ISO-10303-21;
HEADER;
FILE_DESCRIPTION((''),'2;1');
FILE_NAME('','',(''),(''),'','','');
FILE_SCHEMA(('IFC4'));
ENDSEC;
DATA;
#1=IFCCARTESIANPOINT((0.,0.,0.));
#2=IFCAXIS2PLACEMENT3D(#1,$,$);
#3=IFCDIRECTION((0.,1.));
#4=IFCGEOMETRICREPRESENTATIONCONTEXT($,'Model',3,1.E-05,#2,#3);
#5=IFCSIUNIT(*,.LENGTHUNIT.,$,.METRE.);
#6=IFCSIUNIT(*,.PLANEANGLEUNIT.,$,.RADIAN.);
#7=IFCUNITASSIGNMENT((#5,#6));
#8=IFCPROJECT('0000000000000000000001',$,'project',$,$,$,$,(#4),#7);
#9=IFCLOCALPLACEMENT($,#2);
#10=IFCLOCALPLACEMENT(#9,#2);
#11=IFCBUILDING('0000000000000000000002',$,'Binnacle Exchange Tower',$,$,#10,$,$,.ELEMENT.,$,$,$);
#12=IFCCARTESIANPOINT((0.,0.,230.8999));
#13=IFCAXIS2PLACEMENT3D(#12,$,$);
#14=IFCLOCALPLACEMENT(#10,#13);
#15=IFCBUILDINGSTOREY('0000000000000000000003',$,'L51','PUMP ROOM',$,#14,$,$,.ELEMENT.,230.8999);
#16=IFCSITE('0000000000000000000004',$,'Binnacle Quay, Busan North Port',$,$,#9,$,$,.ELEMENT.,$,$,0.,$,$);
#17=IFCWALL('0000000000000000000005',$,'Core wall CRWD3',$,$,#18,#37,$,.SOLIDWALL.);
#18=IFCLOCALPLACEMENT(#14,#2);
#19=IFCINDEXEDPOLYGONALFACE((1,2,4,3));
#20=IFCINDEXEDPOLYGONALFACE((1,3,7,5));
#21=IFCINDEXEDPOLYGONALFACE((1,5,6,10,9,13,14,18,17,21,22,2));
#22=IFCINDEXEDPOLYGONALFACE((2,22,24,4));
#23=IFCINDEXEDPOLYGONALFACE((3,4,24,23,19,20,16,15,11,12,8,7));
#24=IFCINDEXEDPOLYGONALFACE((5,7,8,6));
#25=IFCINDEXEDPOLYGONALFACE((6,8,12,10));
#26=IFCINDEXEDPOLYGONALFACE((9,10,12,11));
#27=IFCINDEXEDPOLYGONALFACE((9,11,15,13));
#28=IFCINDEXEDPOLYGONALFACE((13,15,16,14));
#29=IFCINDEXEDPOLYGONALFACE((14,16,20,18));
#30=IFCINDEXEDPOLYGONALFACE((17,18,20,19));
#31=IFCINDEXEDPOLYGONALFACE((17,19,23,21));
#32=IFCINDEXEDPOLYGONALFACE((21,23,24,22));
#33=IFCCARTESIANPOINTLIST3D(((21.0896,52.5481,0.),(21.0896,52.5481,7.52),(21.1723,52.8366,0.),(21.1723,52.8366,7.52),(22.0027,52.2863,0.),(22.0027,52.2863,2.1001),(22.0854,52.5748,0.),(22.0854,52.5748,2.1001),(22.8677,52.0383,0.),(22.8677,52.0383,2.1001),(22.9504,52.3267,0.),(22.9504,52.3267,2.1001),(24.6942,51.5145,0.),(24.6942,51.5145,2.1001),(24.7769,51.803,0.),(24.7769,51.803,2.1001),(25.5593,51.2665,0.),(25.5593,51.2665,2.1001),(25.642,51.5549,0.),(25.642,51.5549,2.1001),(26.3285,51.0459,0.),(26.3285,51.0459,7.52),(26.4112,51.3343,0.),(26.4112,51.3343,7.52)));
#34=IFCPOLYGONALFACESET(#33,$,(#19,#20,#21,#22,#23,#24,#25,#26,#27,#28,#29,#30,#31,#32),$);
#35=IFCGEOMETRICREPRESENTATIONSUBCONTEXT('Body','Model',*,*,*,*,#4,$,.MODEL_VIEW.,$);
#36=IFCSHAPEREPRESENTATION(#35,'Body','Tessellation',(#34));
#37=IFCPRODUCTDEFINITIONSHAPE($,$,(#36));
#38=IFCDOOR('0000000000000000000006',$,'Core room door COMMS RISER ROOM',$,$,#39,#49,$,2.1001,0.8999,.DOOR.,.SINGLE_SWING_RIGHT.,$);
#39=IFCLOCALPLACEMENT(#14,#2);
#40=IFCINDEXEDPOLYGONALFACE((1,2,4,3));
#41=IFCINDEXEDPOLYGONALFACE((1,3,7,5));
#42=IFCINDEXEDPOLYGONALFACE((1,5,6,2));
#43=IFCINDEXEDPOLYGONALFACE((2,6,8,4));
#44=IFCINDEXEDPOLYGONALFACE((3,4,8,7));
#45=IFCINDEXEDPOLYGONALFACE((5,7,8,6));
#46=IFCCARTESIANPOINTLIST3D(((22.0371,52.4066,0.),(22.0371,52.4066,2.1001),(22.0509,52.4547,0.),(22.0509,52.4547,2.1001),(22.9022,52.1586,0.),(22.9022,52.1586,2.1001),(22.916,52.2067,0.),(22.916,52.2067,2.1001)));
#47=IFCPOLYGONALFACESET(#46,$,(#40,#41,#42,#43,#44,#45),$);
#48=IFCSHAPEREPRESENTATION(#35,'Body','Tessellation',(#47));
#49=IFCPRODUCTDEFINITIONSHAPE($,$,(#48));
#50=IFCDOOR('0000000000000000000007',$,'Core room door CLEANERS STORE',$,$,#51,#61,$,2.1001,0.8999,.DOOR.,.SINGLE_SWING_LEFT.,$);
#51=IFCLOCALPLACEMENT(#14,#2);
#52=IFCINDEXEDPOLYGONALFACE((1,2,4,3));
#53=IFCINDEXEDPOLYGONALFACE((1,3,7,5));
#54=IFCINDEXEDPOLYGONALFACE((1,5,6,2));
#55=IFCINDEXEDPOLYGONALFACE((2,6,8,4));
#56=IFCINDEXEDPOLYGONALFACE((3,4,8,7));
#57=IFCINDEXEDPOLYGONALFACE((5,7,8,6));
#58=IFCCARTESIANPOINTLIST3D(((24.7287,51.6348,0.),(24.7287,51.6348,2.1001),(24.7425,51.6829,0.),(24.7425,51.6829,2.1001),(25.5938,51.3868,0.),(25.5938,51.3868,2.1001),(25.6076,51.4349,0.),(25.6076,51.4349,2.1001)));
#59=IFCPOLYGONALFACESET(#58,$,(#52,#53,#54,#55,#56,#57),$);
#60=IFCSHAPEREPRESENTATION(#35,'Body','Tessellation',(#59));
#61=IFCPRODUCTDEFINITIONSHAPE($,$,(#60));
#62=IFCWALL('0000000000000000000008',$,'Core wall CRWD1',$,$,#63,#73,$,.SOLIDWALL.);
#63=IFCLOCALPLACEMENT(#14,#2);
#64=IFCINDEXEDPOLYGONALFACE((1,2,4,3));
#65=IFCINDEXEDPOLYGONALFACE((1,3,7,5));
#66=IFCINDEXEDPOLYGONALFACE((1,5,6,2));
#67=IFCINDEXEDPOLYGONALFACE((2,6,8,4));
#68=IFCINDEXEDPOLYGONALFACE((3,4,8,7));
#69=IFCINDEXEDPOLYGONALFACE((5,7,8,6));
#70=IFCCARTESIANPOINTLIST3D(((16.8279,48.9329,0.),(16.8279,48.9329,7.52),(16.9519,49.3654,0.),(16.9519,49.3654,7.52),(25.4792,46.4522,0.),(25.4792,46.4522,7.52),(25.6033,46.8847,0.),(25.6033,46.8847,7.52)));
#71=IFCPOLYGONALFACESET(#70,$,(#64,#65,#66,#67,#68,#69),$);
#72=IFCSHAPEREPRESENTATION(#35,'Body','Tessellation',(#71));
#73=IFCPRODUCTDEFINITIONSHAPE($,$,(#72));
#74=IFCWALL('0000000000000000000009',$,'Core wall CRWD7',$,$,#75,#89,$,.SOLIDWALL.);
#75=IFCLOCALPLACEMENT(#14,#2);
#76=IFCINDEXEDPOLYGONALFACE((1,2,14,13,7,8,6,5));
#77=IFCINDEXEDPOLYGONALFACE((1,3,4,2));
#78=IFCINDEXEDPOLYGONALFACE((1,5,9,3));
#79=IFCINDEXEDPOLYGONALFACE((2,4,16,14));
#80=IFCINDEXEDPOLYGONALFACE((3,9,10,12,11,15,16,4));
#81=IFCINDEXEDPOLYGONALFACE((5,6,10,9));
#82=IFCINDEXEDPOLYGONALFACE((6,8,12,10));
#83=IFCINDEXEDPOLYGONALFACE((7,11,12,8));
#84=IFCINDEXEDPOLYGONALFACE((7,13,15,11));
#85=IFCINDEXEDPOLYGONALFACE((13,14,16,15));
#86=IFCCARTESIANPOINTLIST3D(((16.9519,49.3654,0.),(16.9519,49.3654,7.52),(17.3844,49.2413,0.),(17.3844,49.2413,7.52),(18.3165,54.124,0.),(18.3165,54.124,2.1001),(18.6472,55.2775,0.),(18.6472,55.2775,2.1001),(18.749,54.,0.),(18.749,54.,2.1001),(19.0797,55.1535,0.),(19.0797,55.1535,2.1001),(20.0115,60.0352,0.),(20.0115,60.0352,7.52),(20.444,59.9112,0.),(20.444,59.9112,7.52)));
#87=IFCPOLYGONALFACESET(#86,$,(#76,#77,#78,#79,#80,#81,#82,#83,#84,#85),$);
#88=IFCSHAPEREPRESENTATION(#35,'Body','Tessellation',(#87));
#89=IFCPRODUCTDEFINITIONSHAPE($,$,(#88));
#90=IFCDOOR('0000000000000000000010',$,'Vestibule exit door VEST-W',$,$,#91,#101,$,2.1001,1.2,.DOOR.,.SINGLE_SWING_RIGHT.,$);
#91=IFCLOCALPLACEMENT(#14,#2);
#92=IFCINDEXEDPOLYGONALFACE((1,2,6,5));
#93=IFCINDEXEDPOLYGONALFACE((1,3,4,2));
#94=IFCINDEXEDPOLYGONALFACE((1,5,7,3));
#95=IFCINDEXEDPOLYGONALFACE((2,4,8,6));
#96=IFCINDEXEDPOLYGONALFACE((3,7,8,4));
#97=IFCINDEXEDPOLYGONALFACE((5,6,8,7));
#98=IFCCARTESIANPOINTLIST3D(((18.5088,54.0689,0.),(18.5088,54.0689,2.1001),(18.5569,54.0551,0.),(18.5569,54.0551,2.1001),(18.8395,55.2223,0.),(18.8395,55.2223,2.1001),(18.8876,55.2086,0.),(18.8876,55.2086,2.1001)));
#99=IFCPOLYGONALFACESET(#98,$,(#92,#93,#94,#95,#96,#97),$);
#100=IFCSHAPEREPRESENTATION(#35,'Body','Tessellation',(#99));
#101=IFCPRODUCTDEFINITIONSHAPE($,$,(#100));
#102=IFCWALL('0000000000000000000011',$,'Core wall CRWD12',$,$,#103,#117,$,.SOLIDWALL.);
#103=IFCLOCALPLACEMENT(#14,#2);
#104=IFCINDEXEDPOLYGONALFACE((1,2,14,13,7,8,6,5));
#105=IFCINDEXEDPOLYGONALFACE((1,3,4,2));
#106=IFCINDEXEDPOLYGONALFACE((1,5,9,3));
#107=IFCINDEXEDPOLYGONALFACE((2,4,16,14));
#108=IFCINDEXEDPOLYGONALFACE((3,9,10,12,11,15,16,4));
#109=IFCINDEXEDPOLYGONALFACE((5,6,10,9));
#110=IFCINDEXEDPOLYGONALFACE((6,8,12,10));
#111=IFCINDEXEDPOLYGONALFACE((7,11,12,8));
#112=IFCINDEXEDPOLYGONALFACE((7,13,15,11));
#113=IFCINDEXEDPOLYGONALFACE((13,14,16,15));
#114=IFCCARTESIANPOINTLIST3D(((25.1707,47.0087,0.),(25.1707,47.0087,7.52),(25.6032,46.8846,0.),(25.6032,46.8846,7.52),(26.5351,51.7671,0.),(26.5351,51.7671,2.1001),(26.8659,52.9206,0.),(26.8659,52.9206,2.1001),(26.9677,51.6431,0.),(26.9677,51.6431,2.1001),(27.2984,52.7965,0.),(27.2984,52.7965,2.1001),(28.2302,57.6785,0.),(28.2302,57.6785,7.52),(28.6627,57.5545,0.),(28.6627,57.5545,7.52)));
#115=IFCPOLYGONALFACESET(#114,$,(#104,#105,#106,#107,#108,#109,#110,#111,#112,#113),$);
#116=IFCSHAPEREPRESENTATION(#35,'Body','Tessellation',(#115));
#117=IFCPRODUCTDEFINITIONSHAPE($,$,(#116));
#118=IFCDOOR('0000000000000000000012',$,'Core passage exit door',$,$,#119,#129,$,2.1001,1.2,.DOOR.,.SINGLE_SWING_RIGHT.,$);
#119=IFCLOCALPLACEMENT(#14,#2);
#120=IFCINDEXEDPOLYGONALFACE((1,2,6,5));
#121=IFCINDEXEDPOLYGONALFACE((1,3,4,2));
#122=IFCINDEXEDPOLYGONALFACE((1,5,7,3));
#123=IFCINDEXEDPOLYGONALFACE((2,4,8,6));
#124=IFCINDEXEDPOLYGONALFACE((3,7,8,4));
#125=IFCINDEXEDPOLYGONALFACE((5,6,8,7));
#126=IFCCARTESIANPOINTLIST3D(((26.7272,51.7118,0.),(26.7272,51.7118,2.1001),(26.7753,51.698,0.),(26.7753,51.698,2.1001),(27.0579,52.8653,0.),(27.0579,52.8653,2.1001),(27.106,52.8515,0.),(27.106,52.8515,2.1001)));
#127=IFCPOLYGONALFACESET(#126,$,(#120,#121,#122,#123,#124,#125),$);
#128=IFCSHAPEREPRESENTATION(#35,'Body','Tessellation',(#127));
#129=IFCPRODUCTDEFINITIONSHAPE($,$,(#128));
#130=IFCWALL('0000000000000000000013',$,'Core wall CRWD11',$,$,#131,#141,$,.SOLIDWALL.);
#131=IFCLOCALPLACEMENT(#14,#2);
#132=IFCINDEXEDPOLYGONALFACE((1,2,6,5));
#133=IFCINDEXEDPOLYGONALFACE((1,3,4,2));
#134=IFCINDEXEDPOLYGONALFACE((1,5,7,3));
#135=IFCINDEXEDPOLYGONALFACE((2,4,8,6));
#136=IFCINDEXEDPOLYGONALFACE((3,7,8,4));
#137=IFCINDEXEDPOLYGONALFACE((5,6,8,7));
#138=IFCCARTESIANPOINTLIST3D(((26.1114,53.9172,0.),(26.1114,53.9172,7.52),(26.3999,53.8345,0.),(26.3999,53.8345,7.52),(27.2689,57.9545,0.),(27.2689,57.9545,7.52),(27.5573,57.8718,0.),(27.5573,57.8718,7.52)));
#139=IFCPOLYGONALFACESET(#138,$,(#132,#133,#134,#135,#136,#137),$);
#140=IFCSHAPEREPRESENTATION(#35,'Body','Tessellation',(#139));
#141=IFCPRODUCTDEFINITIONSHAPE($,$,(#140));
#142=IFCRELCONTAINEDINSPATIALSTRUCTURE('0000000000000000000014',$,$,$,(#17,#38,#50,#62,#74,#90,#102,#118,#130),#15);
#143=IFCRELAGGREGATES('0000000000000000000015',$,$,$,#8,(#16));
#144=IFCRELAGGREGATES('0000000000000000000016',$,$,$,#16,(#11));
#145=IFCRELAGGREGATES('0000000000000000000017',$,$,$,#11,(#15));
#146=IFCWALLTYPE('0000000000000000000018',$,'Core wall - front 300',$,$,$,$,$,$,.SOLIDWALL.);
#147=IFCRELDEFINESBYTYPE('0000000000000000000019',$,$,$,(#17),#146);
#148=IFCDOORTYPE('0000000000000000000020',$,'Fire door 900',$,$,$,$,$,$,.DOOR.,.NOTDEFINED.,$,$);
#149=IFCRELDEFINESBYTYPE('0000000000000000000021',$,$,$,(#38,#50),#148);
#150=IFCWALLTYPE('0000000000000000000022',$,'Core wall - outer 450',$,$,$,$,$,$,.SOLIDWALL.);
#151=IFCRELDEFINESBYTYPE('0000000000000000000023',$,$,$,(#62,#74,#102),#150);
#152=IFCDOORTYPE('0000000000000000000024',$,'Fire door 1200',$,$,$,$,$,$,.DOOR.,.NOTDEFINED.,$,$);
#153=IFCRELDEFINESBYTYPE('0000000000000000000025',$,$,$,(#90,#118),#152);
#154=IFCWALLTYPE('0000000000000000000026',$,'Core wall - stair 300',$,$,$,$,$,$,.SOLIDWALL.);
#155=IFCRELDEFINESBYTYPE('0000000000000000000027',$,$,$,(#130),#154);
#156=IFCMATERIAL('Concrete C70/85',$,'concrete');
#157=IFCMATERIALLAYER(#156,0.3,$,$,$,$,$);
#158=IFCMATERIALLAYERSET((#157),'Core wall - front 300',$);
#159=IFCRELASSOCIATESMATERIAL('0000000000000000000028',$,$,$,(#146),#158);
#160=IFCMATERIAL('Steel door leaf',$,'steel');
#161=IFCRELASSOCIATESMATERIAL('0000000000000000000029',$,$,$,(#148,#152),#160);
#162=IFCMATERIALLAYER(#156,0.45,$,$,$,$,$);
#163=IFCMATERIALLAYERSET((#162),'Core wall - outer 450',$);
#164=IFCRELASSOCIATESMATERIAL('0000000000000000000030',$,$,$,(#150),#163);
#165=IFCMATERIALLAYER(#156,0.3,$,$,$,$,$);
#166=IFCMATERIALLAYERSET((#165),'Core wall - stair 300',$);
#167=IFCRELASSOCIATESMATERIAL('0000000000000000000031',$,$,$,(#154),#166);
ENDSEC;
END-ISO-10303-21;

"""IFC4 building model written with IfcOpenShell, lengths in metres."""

from ifc_helpers import new_model, si_unit, direction, frame, frame_2d, origin, place, context, subcontext, project, spatial, rectangle, extrude, material, layer, layer_set, type_object, element, fill, save


model = new_model("IFC4")

# Units and contexts
model_context = context("Model", 3, precision=1e-05, world=origin(), true_north=direction((0.0, 1.0)))
body_context = subcontext(model_context, "Body", "Model", "MODEL_VIEW")
ifc_project = project(units=[si_unit("LENGTHUNIT", "METRE"), si_unit("PLANEANGLEUNIT", "RADIAN")], contexts=[model_context])

# Site, building, storey
site_placement = place(None, origin())
site = spatial("IfcSite", under=ifc_project, at=site_placement, Name="Binnacle Quay, Busan North Port", CompositionType="ELEMENT", RefElevation=0.0)
building_placement = place(site_placement, origin())
building = spatial("IfcBuilding", under=site, at=building_placement, Name="Binnacle Exchange Tower", CompositionType="ELEMENT")
storey_placement = place(building_placement, frame((0.0, 0.0, 230.8999)))
storey = spatial("IfcBuildingStorey", under=building, at=storey_placement, Name="L51", Description="PUMP ROOM", CompositionType="ELEMENT", Elevation=230.8999)

# Wall, openings, doors
ifc_material_1 = material(Name="Concrete C70/85", Category="concrete")
ifc_layer_1 = layer(ifc_material_1, 0.3)
ifc_layer_set_1 = layer_set([ifc_layer_1], Name="Core wall - front 300")
wall_type_1 = type_object("IfcWallType", Name="Core wall - front 300", PredefinedType="SOLIDWALL", material=ifc_layer_set_1)
wall_1_placement = place(storey_placement, frame((21.1309, 52.6924, 0.0), z_axis=(0.0, 0.0, 1.0), x_axis=(0.961261, -0.275638, 0.0)))
wall_1 = element("IfcWall", 1, at=wall_1_placement, inside=storey, type_object=wall_type_1, Name="Core wall CRWD3", PredefinedType="SOLIDWALL", context=body_context, shape_type="SweptSolid", body=[
    extrude(rectangle(XDim=5.45, YDim=0.3, at=frame_2d((2.7251, 0.0))), origin(), (0.0, 0.0, 1.0), 7.52),
])
opening_1_placement = place(wall_1_placement, frame((0.95, 0.0, 0.0)))
opening_1 = element("IfcOpeningElement", 2, at=opening_1_placement, cuts=wall_1, PredefinedType="OPENING", context=body_context, shape_type="SweptSolid", body=[
    extrude(rectangle(XDim=0.8999, YDim=2.1001, at=frame_2d((0.45, 1.05))), frame((0.0, 0.1599, 0.0), z_axis=(0.0, -1.0, 0.0), x_axis=(1.0, 0.0, 0.0)), (0.0, 0.0, 1.0), 0.3201),
])
opening_2_placement = place(wall_1_placement, frame((3.75, 0.0, 0.0)))
opening_2 = element("IfcOpeningElement", 3, at=opening_2_placement, cuts=wall_1, PredefinedType="OPENING", context=body_context, shape_type="SweptSolid", body=[
    extrude(rectangle(XDim=0.8999, YDim=2.1001, at=frame_2d((0.45, 1.05))), frame((0.0, 0.1599, 0.0), z_axis=(0.0, -1.0, 0.0), x_axis=(1.0, 0.0, 0.0)), (0.0, 0.0, 1.0), 0.3201),
])
ifc_material_2 = material(Name="Steel door leaf", Category="steel")
door_type_1 = type_object("IfcDoorType", Name="Fire door 900", OperationType="NOTDEFINED", PredefinedType="DOOR", material=ifc_material_2)
door_1_placement = place(opening_1_placement, frame((0.8999, 0.0, 0.0), z_axis=(0.0, 0.0, 1.0), x_axis=(-1.0, 0.0, 0.0)))
door_1 = element("IfcDoor", 4, at=door_1_placement, inside=storey, type_object=door_type_1, Name="Core room door COMMS RISER ROOM", OperationType="SINGLE_SWING_RIGHT", OverallHeight=2.1001, OverallWidth=0.8999, PredefinedType="DOOR", context=body_context, shape_type="SweptSolid", body=[
    extrude(rectangle(XDim=0.8999, YDim=2.1001, at=frame_2d((0.45, 1.05))), frame((0.0, 0.0249, 0.0), z_axis=(0.0, -1.0, 0.0), x_axis=(1.0, 0.0, 0.0)), (0.0, 0.0, 1.0), 0.05),
])
fill(opening_1, door_1)
door_2_placement = place(opening_2_placement, frame((0.8999, 0.0, 0.0), z_axis=(0.0, 0.0, 1.0), x_axis=(-1.0, 0.0, 0.0)))
door_2 = element("IfcDoor", 5, at=door_2_placement, inside=storey, type_object=door_type_1, Name="Core room door CLEANERS STORE", OperationType="SINGLE_SWING_LEFT", OverallHeight=2.1001, OverallWidth=0.8999, PredefinedType="DOOR", context=body_context, shape_type="SweptSolid", body=[
    extrude(rectangle(XDim=0.8999, YDim=2.1001, at=frame_2d((0.45, 1.05))), frame((0.0, 0.0249, 0.0), z_axis=(0.0, -1.0, 0.0), x_axis=(1.0, 0.0, 0.0)), (0.0, 0.0, 1.0), 0.05),
])
fill(opening_2, door_2)

# Wall
ifc_layer_2 = layer(ifc_material_1, 0.45)
ifc_layer_set_2 = layer_set([ifc_layer_2], Name="Core wall - outer 450")
wall_type_2 = type_object("IfcWallType", Name="Core wall - outer 450", PredefinedType="SOLIDWALL", material=ifc_layer_set_2)
wall_2_placement = place(storey_placement, frame((16.8899, 49.1492, 0.0), z_axis=(0.0, 0.0, 1.0), x_axis=(0.961262, -0.275635, 0.0)))
element("IfcWall", 6, at=wall_2_placement, inside=storey, type_object=wall_type_2, Name="Core wall CRWD1", PredefinedType="SOLIDWALL", context=body_context, shape_type="SweptSolid", body=[
    extrude(rectangle(XDim=9.0, YDim=0.45, at=frame_2d((4.5, 0.0))), origin(), (0.0, 0.0, 1.0), 7.52),
])

# Walls, openings, doors
wall_3_placement = place(storey_placement, frame((17.1682, 49.3035, 0.0), z_axis=(0.0, 0.0, 1.0), x_axis=(0.275639, 0.961261, 0.0)))
wall_3 = element("IfcWall", 7, at=wall_3_placement, inside=storey, type_object=wall_type_2, Name="Core wall CRWD7", PredefinedType="SOLIDWALL", context=body_context, shape_type="SweptSolid", body=[
    extrude(rectangle(XDim=11.0999, YDim=0.45, at=frame_2d((5.5498, 0.0))), origin(), (0.0, 0.0, 1.0), 7.52),
])
opening_3_placement = place(wall_3_placement, frame((4.9502, 0.0, 0.0)))
opening_3 = element("IfcOpeningElement", 8, at=opening_3_placement, cuts=wall_3, PredefinedType="OPENING", context=body_context, shape_type="SweptSolid", body=[
    extrude(rectangle(XDim=1.2, YDim=2.1001, at=frame_2d((0.6001, 1.05))), frame((0.0, 0.2349, 0.0), z_axis=(0.0, -1.0, 0.0), x_axis=(1.0, 0.0, 0.0)), (0.0, 0.0, 1.0), 0.47),
])
door_type_2 = type_object("IfcDoorType", Name="Fire door 1200", OperationType="NOTDEFINED", PredefinedType="DOOR", material=ifc_material_2)
door_3_placement = place(opening_3_placement, origin())
door_3 = element("IfcDoor", 9, at=door_3_placement, inside=storey, type_object=door_type_2, Name="Vestibule exit door VEST-W", OperationType="SINGLE_SWING_RIGHT", OverallHeight=2.1001, OverallWidth=1.2, PredefinedType="DOOR", context=body_context, shape_type="SweptSolid", body=[
    extrude(rectangle(XDim=1.2, YDim=2.1001, at=frame_2d((0.6001, 1.05))), frame((0.0, 0.0249, 0.0), z_axis=(0.0, -1.0, 0.0), x_axis=(1.0, 0.0, 0.0)), (0.0, 0.0, 1.0), 0.05),
])
fill(opening_3, door_3)
wall_4_placement = place(storey_placement, frame((25.387, 46.9468, 0.0), z_axis=(0.0, 0.0, 1.0), x_axis=(0.275639, 0.961261, 0.0)))
wall_4 = element("IfcWall", 10, at=wall_4_placement, inside=storey, type_object=wall_type_2, Name="Core wall CRWD12", PredefinedType="SOLIDWALL", context=body_context, shape_type="SweptSolid", body=[
    extrude(rectangle(XDim=11.0999, YDim=0.45, at=frame_2d((5.5498, 0.0))), origin(), (0.0, 0.0, 1.0), 7.52),
])
opening_4_placement = place(wall_4_placement, frame((4.95, 0.0, 0.0)))
opening_4 = element("IfcOpeningElement", 11, at=opening_4_placement, cuts=wall_4, PredefinedType="OPENING", context=body_context, shape_type="SweptSolid", body=[
    extrude(rectangle(XDim=1.2, YDim=2.1001, at=frame_2d((0.6001, 1.05))), frame((0.0, 0.2349, 0.0), z_axis=(0.0, -1.0, 0.0), x_axis=(1.0, 0.0, 0.0)), (0.0, 0.0, 1.0), 0.47),
])
door_4_placement = place(opening_4_placement, frame((1.2, 0.0, 0.0), z_axis=(0.0, 0.0, 1.0), x_axis=(-1.0, 0.0, 0.0)))
door_4 = element("IfcDoor", 12, at=door_4_placement, inside=storey, type_object=door_type_2, Name="Core passage exit door", OperationType="SINGLE_SWING_RIGHT", OverallHeight=2.1001, OverallWidth=1.2, PredefinedType="DOOR", context=body_context, shape_type="SweptSolid", body=[
    extrude(rectangle(XDim=1.2, YDim=2.1001, at=frame_2d((0.6001, 1.05))), frame((0.0, 0.0249, 0.0), z_axis=(0.0, -1.0, 0.0), x_axis=(1.0, 0.0, 0.0)), (0.0, 0.0, 1.0), 0.05),
])
fill(opening_4, door_4)

# Wall
ifc_layer_3 = layer(ifc_material_1, 0.3)
ifc_layer_set_3 = layer_set([ifc_layer_3], Name="Core wall - stair 300")
wall_type_3 = type_object("IfcWallType", Name="Core wall - stair 300", PredefinedType="SOLIDWALL", material=ifc_layer_set_3)
wall_5_placement = place(storey_placement, frame((26.2556, 53.8757, 0.0), z_axis=(0.0, 0.0, 1.0), x_axis=(0.275589, 0.961276, 0.0)))
element("IfcWall", 13, at=wall_5_placement, inside=storey, type_object=wall_type_3, Name="Core wall CRWD11", PredefinedType="SOLIDWALL", context=body_context, shape_type="SweptSolid", body=[
    extrude(rectangle(XDim=4.2, YDim=0.3, at=frame_2d((2.1001, 0.0))), origin(), (0.0, 0.0, 1.0), 7.52),
])

save(model, "model.ifc")
